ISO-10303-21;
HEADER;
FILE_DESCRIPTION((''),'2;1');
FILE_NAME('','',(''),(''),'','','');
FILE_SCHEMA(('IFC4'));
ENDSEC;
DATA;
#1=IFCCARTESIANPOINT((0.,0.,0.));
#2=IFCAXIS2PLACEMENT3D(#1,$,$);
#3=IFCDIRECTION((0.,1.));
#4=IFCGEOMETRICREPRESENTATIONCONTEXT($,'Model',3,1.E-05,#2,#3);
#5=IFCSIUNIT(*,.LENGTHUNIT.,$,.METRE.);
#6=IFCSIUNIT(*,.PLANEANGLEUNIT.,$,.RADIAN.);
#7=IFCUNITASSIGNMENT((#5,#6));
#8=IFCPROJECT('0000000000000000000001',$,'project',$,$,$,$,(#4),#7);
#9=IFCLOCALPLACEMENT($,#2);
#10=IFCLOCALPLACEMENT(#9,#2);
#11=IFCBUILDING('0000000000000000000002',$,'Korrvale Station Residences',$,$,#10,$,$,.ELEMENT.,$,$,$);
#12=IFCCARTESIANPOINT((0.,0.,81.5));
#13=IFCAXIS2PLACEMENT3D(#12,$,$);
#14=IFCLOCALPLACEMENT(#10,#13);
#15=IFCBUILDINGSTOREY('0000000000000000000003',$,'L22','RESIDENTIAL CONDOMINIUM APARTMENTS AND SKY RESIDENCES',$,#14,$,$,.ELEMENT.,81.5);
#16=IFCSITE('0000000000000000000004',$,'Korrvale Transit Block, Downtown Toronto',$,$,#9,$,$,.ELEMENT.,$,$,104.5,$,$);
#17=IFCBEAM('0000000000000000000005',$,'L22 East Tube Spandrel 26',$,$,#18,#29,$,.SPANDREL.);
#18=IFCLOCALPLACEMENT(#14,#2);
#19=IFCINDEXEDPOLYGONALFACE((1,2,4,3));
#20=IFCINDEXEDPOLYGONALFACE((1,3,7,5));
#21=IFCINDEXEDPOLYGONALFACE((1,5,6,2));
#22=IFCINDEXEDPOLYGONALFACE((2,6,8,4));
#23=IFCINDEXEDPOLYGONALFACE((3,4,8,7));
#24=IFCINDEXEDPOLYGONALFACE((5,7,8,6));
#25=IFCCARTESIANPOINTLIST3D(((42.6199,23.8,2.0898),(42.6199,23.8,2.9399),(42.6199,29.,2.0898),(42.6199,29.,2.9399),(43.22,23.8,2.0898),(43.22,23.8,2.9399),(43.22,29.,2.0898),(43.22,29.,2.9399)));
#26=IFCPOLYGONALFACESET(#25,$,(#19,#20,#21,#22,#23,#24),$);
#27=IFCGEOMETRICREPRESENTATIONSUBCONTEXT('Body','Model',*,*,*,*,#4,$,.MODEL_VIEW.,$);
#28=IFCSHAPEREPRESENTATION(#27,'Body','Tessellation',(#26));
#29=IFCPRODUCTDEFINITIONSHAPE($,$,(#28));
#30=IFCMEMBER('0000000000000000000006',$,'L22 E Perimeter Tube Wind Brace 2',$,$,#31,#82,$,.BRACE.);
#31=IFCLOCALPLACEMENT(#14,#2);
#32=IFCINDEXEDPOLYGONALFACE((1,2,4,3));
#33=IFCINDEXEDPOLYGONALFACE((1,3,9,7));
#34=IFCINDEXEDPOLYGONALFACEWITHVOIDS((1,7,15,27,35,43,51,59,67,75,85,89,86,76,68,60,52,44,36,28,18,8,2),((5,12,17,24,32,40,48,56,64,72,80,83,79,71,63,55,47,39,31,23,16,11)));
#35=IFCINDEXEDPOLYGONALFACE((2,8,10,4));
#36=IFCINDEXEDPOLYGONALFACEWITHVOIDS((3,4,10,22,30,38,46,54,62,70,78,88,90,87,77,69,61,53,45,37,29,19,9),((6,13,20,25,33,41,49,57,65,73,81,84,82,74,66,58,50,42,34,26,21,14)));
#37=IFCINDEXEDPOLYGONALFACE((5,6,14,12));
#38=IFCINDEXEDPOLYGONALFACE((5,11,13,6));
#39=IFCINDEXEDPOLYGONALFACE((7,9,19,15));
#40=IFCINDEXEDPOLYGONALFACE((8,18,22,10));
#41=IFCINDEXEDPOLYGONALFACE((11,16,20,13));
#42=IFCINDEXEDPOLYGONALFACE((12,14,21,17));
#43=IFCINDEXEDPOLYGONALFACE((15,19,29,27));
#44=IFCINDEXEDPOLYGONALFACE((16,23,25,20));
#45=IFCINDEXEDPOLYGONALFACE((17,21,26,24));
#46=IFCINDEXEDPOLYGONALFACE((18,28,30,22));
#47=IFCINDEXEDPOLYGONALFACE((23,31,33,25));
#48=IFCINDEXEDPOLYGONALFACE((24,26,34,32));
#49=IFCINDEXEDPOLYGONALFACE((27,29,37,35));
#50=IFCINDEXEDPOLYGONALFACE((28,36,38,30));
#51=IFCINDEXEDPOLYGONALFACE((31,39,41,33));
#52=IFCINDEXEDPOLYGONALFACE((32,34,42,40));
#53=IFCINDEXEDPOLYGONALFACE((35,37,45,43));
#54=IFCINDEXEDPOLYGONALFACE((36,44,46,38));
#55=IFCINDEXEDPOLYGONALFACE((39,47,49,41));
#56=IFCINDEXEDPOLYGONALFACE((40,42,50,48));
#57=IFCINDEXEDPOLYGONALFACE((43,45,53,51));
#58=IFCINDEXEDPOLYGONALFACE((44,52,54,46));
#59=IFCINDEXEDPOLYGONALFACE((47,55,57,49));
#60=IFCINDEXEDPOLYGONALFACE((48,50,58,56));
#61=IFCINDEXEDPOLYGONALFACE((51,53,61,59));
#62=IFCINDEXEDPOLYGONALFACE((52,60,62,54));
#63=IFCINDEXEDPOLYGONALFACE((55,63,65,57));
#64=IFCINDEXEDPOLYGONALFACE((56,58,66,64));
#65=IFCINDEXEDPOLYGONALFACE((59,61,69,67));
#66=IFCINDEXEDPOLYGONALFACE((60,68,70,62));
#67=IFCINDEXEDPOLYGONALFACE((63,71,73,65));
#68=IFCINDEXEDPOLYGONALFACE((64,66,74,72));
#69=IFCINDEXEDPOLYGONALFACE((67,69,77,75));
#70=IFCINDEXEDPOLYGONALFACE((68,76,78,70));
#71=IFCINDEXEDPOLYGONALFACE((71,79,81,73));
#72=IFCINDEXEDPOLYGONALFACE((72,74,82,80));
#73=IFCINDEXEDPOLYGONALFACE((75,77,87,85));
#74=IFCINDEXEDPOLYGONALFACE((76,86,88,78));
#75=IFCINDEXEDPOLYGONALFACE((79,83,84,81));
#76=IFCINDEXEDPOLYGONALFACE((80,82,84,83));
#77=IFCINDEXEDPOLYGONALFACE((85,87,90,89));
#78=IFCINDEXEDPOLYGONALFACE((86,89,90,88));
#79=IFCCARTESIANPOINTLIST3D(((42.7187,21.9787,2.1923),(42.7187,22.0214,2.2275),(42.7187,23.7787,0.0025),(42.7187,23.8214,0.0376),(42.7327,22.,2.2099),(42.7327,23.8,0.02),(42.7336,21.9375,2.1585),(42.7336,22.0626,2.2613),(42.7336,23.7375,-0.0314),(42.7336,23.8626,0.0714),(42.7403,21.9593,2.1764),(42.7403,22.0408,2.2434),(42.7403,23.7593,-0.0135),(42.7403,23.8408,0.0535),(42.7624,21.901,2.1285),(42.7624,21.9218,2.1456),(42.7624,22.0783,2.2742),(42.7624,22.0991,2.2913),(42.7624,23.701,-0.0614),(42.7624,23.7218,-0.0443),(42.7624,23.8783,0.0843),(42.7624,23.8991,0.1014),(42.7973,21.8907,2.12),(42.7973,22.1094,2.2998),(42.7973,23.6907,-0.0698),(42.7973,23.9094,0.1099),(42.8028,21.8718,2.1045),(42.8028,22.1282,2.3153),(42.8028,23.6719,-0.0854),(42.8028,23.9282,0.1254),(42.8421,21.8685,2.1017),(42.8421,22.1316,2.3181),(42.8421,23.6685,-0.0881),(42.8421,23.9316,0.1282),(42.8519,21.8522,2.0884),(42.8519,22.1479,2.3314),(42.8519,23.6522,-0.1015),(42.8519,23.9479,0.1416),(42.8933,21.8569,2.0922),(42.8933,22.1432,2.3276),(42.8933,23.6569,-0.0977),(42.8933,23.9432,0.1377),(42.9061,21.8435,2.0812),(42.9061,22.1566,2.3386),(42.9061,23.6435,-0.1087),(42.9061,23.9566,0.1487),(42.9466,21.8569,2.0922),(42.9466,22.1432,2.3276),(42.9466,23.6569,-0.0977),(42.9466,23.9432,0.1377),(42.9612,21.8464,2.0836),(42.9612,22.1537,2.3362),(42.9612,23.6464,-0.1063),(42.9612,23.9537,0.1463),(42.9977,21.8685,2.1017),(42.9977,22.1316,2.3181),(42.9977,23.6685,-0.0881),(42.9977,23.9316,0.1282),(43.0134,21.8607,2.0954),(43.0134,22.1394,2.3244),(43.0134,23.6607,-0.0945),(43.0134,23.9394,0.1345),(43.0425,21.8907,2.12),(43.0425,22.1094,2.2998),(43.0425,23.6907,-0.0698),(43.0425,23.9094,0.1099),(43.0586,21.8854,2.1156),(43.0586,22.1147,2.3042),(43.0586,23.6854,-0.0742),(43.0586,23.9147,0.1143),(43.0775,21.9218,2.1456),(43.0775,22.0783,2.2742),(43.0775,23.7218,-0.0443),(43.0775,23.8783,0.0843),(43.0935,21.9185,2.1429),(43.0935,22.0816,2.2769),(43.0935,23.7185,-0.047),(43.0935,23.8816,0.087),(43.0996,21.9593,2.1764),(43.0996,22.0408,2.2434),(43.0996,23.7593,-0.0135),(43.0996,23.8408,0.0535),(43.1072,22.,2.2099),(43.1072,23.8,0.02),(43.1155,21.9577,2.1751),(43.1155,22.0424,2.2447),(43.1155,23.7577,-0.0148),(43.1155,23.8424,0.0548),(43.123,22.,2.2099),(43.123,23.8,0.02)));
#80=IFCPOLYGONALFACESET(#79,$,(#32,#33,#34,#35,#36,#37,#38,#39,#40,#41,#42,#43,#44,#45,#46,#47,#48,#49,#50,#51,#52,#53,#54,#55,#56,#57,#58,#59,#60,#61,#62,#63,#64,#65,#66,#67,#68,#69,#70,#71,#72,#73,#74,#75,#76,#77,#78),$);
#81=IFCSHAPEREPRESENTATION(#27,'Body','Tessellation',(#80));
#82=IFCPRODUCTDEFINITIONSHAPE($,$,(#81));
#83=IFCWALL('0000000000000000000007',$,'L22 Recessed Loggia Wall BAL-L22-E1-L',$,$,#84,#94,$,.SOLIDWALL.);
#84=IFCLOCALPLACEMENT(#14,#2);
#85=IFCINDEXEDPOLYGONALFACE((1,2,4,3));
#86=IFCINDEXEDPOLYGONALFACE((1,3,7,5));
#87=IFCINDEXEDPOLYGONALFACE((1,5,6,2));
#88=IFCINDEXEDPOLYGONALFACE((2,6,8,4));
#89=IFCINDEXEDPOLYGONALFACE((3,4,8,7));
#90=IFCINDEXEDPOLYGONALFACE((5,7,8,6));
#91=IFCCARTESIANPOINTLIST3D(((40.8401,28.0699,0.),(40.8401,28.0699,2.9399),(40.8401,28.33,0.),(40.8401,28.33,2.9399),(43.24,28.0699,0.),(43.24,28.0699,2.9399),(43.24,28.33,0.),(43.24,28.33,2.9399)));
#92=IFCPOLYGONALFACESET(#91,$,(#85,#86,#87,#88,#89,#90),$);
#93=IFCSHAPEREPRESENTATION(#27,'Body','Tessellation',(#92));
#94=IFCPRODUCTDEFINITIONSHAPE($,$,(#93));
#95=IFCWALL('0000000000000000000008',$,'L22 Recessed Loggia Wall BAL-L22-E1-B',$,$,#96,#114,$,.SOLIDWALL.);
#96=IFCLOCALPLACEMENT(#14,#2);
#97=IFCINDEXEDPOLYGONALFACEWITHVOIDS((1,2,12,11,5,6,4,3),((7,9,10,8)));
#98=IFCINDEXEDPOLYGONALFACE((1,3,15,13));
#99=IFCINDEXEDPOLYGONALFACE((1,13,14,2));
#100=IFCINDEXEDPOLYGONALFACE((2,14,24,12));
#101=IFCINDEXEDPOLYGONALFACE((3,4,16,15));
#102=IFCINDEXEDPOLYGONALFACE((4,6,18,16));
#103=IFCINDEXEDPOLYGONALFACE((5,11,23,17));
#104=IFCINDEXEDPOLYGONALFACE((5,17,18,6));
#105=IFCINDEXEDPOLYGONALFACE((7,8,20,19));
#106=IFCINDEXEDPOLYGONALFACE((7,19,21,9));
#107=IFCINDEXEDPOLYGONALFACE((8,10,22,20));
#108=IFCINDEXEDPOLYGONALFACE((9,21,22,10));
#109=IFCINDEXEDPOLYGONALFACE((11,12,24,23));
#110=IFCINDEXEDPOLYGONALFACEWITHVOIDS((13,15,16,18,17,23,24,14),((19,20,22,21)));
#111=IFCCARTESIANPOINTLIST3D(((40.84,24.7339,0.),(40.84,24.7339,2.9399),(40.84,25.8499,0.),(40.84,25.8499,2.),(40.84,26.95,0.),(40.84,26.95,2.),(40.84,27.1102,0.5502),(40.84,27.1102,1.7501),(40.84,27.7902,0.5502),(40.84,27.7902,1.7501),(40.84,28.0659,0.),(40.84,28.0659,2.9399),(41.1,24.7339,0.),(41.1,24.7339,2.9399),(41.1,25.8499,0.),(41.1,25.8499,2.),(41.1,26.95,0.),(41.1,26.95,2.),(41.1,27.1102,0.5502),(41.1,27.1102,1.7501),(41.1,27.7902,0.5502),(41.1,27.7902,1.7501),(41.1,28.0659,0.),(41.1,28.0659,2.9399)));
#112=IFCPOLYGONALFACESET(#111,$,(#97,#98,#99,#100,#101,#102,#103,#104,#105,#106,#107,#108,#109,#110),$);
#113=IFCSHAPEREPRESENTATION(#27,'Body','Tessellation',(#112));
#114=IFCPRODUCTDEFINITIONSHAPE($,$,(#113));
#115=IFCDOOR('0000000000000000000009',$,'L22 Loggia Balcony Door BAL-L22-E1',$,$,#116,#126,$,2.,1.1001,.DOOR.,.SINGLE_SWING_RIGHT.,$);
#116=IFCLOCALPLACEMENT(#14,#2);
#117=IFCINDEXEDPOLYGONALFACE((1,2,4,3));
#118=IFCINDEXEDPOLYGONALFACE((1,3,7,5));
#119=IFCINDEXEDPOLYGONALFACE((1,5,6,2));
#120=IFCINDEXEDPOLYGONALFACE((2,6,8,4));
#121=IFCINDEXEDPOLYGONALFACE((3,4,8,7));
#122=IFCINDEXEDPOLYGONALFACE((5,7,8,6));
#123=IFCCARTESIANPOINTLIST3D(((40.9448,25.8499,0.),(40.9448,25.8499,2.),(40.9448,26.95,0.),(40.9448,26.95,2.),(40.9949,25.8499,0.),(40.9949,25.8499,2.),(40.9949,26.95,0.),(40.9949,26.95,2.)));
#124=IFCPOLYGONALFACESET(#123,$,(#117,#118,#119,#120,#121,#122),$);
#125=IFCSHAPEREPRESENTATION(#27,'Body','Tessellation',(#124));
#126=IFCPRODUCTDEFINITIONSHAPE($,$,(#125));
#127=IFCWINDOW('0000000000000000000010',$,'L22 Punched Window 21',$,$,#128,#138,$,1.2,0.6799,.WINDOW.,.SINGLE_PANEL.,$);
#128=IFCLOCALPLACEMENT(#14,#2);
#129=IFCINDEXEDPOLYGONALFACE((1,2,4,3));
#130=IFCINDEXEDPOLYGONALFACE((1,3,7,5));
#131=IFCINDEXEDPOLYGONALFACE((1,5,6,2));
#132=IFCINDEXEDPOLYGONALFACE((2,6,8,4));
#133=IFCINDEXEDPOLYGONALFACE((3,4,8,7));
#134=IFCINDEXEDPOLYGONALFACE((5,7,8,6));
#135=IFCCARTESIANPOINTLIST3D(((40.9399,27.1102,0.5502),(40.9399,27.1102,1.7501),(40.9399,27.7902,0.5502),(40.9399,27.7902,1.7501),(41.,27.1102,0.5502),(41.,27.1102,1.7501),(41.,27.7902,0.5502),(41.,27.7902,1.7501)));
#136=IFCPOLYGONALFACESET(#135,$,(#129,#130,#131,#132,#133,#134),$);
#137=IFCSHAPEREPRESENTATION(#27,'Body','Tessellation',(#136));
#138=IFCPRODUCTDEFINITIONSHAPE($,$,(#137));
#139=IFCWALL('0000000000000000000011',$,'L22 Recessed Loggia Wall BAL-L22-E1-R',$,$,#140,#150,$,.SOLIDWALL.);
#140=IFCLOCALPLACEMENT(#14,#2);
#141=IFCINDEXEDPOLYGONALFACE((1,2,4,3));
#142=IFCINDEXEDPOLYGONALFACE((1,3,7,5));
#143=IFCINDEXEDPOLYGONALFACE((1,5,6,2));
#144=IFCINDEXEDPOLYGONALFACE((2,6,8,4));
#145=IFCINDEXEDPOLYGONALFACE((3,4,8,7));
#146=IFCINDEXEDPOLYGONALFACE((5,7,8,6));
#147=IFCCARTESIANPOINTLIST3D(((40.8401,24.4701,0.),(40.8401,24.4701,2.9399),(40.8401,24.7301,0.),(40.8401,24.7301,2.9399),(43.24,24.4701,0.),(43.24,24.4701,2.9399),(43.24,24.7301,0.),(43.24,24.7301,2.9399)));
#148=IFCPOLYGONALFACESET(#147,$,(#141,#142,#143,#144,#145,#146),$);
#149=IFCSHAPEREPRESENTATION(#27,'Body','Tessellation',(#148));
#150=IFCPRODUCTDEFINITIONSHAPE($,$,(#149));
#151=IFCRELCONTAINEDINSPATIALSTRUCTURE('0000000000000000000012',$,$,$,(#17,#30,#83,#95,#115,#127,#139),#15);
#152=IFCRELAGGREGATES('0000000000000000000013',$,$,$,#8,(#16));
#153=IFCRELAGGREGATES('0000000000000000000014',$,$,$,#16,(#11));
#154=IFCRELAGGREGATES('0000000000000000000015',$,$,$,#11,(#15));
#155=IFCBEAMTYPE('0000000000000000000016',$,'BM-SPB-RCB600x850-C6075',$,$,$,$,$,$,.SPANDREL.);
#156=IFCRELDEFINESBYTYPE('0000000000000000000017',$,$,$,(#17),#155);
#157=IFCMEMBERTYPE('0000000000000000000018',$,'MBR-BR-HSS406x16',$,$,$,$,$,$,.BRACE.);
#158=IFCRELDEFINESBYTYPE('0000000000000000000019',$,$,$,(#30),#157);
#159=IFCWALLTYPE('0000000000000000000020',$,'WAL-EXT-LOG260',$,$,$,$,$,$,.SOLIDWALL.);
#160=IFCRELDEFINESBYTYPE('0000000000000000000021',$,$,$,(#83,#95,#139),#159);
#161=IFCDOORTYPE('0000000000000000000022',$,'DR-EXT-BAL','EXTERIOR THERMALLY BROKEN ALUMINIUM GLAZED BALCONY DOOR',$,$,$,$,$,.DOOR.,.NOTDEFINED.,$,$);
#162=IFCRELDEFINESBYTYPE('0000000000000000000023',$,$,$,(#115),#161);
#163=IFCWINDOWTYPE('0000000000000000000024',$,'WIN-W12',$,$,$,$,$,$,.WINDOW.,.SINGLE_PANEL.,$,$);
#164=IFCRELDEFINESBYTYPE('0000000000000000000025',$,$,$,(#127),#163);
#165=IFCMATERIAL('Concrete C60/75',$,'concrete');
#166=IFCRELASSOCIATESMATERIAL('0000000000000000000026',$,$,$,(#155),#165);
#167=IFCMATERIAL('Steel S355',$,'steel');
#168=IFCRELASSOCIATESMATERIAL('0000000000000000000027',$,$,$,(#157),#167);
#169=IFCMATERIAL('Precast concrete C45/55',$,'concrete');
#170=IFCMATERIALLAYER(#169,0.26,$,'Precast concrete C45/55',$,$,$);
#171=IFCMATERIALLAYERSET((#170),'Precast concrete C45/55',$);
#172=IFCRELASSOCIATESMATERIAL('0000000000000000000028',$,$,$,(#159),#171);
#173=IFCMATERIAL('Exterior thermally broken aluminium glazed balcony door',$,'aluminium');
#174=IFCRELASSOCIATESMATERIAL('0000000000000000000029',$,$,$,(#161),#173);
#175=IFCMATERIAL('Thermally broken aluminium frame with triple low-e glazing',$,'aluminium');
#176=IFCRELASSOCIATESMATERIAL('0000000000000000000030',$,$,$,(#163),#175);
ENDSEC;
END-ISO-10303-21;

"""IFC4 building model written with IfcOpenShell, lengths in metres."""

from ifc_helpers import new_model, si_unit, direction, frame, frame_2d, origin, origin_2d, place, context, subcontext, project, spatial, rectangle, hollow_circle, extrude, material, layer, layer_set, material_profile, profile_set, type_object, element, fill, save


model = new_model("IFC4")

# Units and contexts
model_context = context("Model", 3, precision=1e-05, world=origin(), true_north=direction((0.0, 1.0)))
body_context = subcontext(model_context, "Body", "Model", "MODEL_VIEW")
ifc_project = project(units=[si_unit("LENGTHUNIT", "METRE"), si_unit("PLANEANGLEUNIT", "RADIAN")], contexts=[model_context])

# Site, building, storey
site_placement = place(None, origin())
site = spatial("IfcSite", under=ifc_project, at=site_placement, Name="Korrvale Transit Block, Downtown Toronto", CompositionType="ELEMENT", RefElevation=104.5)
building_placement = place(site_placement, origin())
building = spatial("IfcBuilding", under=site, at=building_placement, Name="Korrvale Station Residences", CompositionType="ELEMENT")
storey_placement = place(building_placement, frame((0.0, 0.0, 81.5)))
storey = spatial("IfcBuildingStorey", under=building, at=storey_placement, Name="L22", Description="RESIDENTIAL CONDOMINIUM APARTMENTS AND SKY RESIDENCES", CompositionType="ELEMENT", Elevation=81.5)

# Shared definitions
ifc_material_1 = material(Name="Concrete C60/75", Category="concrete")

# Beam
ifc_material_2 = material(Name="Steel S355", Category="steel")
ifc_material_profile_1 = material_profile(ifc_material_1, rectangle(XDim=0.6001, YDim=0.8501, at=origin_2d()), Name="RCB600x850")
ifc_profile_set_1 = profile_set([ifc_material_profile_1], Name="Concrete C60/75")
beam_type_1 = type_object("IfcBeamType", Name="BM-SPB-RCB600x850-C6075", PredefinedType="SPANDREL", material=ifc_profile_set_1)
beam_1_placement = place(storey_placement, frame((42.9199, 23.8, 2.5149), z_axis=(0.0, 1.0, 0.0), x_axis=(-1.0, 0.0, 0.0)))
element("IfcBeam", 1, at=beam_1_placement, inside=storey, type_object=beam_type_1, Name="L22 East Tube Spandrel 26", PredefinedType="SPANDREL", context=body_context, shape_type="SweptSolid", body=[
    extrude(rectangle(XDim=0.6001, YDim=0.8501, at=origin_2d()), origin(), (0.0, 0.0, 1.0), 5.2),
])

# Member
ifc_material_profile_2 = material_profile(ifc_material_2, hollow_circle(Radius=0.2031, WallThickness=0.0159, at=origin_2d()), Name="HSS406x16")
ifc_profile_set_2 = profile_set([ifc_material_profile_2], Name="Steel S355")
member_type = type_object("IfcMemberType", Name="MBR-BR-HSS406x16", PredefinedType="BRACE", material=ifc_profile_set_2)
member_placement = place(storey_placement, frame((42.9199, 23.8, 0.02), z_axis=(0.0, -0.634985, 0.772524), x_axis=(1.0, 0.0, 0.0)))
element("IfcMember", 2, at=member_placement, inside=storey, type_object=member_type, Name="L22 E Perimeter Tube Wind Brace 2", PredefinedType="BRACE", context=body_context, shape_type="SweptSolid", body=[
    extrude(hollow_circle(Radius=0.2031, WallThickness=0.0159, at=origin_2d()), origin(), (0.0, 0.0, 1.0), 2.8347),
])

# Wall
ifc_material_3 = material(Name="Precast concrete C45/55", Category="concrete")
ifc_layer_1 = layer(ifc_material_3, 0.26, Name="Precast concrete C45/55")
ifc_layer_set_1 = layer_set([ifc_layer_1], Name="Precast concrete C45/55")
wall_type_1 = type_object("IfcWallType", Name="WAL-EXT-LOG260", PredefinedType="SOLIDWALL", material=ifc_layer_set_1)
wall_1_placement = place(storey_placement, frame((43.24, 28.2, 0.0), z_axis=(0.0, 0.0, 1.0), x_axis=(-1.0, 0.0, 0.0)))
element("IfcWall", 3, at=wall_1_placement, inside=storey, type_object=wall_type_1, Name="L22 Recessed Loggia Wall BAL-L22-E1-L", PredefinedType="SOLIDWALL", context=body_context, shape_type="SweptSolid", body=[
    extrude(rectangle(XDim=2.3999, YDim=0.26, at=frame_2d((1.2, 0.0))), origin(), (0.0, 0.0, 1.0), 2.9399),
])

# Wall, openings, door, window
wall_2_placement = place(storey_placement, frame((40.97, 28.0659, 0.0), z_axis=(0.0, 0.0, 1.0), x_axis=(0.0, -1.0, 0.0)))
wall_2 = element("IfcWall", 4, at=wall_2_placement, inside=storey, type_object=wall_type_1, Name="L22 Recessed Loggia Wall BAL-L22-E1-B", PredefinedType="SOLIDWALL", context=body_context, shape_type="SweptSolid", body=[
    extrude(rectangle(XDim=3.332, YDim=0.26, at=frame_2d((1.666, 0.0))), origin(), (0.0, 0.0, 1.0), 2.9399),
])
opening_1_placement = place(wall_2_placement, frame((1.116, 0.0, 0.0)))
opening_1 = element("IfcOpeningElement", 5, at=opening_1_placement, cuts=wall_2, PredefinedType="OPENING", context=body_context, shape_type="SweptSolid", body=[
    extrude(rectangle(XDim=1.1001, YDim=2.0, at=frame_2d((0.55, 1.0))), frame((0.0, 0.1401, 0.0), z_axis=(0.0, -1.0, 0.0), x_axis=(1.0, 0.0, 0.0)), (0.0, 0.0, 1.0), 0.28),
])
opening_2_placement = place(wall_2_placement, frame((0.2759, 0.0, 0.55)))
opening_2 = element("IfcOpeningElement", 6, at=opening_2_placement, cuts=wall_2, PredefinedType="OPENING", context=body_context, shape_type="SweptSolid", body=[
    extrude(rectangle(XDim=0.6799, YDim=1.2, at=frame_2d((0.3398, 0.6001))), frame((0.0, 0.1401, 0.0), z_axis=(0.0, -1.0, 0.0), x_axis=(1.0, 0.0, 0.0)), (0.0, 0.0, 1.0), 0.28),
])
ifc_material_4 = material(Name="Exterior thermally broken aluminium glazed balcony door", Category="aluminium")
door_type_1 = type_object("IfcDoorType", Name="DR-EXT-BAL", Description="EXTERIOR THERMALLY BROKEN ALUMINIUM GLAZED BALCONY DOOR", OperationType="NOTDEFINED", PredefinedType="DOOR", material=ifc_material_4)
door_1_placement = place(opening_1_placement, origin())
door_1 = element("IfcDoor", 7, at=door_1_placement, inside=storey, type_object=door_type_1, Name="L22 Loggia Balcony Door BAL-L22-E1", OperationType="SINGLE_SWING_RIGHT", OverallHeight=2.0, OverallWidth=1.1001, PredefinedType="DOOR", context=body_context, shape_type="SweptSolid", body=[
    extrude(rectangle(XDim=1.1001, YDim=2.0, at=frame_2d((0.55, 1.0))), frame((0.0, 0.0249, 0.0), z_axis=(0.0, -1.0, 0.0), x_axis=(1.0, 0.0, 0.0)), (0.0, 0.0, 1.0), 0.05),
])
fill(opening_1, door_1)
ifc_material_5 = material(Name="Thermally broken aluminium frame with triple low-e glazing", Category="aluminium")
window_type_1 = type_object("IfcWindowType", Name="WIN-W12", PartitioningType="SINGLE_PANEL", PredefinedType="WINDOW", material=ifc_material_5)
window_1_placement = place(opening_2_placement, origin())
window_1 = element("IfcWindow", 8, at=window_1_placement, inside=storey, type_object=window_type_1, Name="L22 Punched Window 21", OverallHeight=1.2, OverallWidth=0.6799, PartitioningType="SINGLE_PANEL", PredefinedType="WINDOW", context=body_context, shape_type="SweptSolid", body=[
    extrude(rectangle(XDim=0.6799, YDim=1.2, at=frame_2d((0.3398, 0.6001))), frame((0.0, 0.03, 0.0), z_axis=(0.0, -1.0, 0.0), x_axis=(1.0, 0.0, 0.0)), (0.0, 0.0, 1.0), 0.0601),
])
fill(opening_2, window_1)

# Wall
wall_3_placement = place(storey_placement, frame((40.8401, 24.6001, 0.0), z_axis=(0.0, 0.0, 1.0), x_axis=(1.0, 0.0, 0.0)))
element("IfcWall", 9, at=wall_3_placement, inside=storey, type_object=wall_type_1, Name="L22 Recessed Loggia Wall BAL-L22-E1-R", PredefinedType="SOLIDWALL", context=body_context, shape_type="SweptSolid", body=[
    extrude(rectangle(XDim=2.3999, YDim=0.26, at=frame_2d((1.2, 0.0))), origin(), (0.0, 0.0, 1.0), 2.9399),
])

save(model, "model.ifc")
